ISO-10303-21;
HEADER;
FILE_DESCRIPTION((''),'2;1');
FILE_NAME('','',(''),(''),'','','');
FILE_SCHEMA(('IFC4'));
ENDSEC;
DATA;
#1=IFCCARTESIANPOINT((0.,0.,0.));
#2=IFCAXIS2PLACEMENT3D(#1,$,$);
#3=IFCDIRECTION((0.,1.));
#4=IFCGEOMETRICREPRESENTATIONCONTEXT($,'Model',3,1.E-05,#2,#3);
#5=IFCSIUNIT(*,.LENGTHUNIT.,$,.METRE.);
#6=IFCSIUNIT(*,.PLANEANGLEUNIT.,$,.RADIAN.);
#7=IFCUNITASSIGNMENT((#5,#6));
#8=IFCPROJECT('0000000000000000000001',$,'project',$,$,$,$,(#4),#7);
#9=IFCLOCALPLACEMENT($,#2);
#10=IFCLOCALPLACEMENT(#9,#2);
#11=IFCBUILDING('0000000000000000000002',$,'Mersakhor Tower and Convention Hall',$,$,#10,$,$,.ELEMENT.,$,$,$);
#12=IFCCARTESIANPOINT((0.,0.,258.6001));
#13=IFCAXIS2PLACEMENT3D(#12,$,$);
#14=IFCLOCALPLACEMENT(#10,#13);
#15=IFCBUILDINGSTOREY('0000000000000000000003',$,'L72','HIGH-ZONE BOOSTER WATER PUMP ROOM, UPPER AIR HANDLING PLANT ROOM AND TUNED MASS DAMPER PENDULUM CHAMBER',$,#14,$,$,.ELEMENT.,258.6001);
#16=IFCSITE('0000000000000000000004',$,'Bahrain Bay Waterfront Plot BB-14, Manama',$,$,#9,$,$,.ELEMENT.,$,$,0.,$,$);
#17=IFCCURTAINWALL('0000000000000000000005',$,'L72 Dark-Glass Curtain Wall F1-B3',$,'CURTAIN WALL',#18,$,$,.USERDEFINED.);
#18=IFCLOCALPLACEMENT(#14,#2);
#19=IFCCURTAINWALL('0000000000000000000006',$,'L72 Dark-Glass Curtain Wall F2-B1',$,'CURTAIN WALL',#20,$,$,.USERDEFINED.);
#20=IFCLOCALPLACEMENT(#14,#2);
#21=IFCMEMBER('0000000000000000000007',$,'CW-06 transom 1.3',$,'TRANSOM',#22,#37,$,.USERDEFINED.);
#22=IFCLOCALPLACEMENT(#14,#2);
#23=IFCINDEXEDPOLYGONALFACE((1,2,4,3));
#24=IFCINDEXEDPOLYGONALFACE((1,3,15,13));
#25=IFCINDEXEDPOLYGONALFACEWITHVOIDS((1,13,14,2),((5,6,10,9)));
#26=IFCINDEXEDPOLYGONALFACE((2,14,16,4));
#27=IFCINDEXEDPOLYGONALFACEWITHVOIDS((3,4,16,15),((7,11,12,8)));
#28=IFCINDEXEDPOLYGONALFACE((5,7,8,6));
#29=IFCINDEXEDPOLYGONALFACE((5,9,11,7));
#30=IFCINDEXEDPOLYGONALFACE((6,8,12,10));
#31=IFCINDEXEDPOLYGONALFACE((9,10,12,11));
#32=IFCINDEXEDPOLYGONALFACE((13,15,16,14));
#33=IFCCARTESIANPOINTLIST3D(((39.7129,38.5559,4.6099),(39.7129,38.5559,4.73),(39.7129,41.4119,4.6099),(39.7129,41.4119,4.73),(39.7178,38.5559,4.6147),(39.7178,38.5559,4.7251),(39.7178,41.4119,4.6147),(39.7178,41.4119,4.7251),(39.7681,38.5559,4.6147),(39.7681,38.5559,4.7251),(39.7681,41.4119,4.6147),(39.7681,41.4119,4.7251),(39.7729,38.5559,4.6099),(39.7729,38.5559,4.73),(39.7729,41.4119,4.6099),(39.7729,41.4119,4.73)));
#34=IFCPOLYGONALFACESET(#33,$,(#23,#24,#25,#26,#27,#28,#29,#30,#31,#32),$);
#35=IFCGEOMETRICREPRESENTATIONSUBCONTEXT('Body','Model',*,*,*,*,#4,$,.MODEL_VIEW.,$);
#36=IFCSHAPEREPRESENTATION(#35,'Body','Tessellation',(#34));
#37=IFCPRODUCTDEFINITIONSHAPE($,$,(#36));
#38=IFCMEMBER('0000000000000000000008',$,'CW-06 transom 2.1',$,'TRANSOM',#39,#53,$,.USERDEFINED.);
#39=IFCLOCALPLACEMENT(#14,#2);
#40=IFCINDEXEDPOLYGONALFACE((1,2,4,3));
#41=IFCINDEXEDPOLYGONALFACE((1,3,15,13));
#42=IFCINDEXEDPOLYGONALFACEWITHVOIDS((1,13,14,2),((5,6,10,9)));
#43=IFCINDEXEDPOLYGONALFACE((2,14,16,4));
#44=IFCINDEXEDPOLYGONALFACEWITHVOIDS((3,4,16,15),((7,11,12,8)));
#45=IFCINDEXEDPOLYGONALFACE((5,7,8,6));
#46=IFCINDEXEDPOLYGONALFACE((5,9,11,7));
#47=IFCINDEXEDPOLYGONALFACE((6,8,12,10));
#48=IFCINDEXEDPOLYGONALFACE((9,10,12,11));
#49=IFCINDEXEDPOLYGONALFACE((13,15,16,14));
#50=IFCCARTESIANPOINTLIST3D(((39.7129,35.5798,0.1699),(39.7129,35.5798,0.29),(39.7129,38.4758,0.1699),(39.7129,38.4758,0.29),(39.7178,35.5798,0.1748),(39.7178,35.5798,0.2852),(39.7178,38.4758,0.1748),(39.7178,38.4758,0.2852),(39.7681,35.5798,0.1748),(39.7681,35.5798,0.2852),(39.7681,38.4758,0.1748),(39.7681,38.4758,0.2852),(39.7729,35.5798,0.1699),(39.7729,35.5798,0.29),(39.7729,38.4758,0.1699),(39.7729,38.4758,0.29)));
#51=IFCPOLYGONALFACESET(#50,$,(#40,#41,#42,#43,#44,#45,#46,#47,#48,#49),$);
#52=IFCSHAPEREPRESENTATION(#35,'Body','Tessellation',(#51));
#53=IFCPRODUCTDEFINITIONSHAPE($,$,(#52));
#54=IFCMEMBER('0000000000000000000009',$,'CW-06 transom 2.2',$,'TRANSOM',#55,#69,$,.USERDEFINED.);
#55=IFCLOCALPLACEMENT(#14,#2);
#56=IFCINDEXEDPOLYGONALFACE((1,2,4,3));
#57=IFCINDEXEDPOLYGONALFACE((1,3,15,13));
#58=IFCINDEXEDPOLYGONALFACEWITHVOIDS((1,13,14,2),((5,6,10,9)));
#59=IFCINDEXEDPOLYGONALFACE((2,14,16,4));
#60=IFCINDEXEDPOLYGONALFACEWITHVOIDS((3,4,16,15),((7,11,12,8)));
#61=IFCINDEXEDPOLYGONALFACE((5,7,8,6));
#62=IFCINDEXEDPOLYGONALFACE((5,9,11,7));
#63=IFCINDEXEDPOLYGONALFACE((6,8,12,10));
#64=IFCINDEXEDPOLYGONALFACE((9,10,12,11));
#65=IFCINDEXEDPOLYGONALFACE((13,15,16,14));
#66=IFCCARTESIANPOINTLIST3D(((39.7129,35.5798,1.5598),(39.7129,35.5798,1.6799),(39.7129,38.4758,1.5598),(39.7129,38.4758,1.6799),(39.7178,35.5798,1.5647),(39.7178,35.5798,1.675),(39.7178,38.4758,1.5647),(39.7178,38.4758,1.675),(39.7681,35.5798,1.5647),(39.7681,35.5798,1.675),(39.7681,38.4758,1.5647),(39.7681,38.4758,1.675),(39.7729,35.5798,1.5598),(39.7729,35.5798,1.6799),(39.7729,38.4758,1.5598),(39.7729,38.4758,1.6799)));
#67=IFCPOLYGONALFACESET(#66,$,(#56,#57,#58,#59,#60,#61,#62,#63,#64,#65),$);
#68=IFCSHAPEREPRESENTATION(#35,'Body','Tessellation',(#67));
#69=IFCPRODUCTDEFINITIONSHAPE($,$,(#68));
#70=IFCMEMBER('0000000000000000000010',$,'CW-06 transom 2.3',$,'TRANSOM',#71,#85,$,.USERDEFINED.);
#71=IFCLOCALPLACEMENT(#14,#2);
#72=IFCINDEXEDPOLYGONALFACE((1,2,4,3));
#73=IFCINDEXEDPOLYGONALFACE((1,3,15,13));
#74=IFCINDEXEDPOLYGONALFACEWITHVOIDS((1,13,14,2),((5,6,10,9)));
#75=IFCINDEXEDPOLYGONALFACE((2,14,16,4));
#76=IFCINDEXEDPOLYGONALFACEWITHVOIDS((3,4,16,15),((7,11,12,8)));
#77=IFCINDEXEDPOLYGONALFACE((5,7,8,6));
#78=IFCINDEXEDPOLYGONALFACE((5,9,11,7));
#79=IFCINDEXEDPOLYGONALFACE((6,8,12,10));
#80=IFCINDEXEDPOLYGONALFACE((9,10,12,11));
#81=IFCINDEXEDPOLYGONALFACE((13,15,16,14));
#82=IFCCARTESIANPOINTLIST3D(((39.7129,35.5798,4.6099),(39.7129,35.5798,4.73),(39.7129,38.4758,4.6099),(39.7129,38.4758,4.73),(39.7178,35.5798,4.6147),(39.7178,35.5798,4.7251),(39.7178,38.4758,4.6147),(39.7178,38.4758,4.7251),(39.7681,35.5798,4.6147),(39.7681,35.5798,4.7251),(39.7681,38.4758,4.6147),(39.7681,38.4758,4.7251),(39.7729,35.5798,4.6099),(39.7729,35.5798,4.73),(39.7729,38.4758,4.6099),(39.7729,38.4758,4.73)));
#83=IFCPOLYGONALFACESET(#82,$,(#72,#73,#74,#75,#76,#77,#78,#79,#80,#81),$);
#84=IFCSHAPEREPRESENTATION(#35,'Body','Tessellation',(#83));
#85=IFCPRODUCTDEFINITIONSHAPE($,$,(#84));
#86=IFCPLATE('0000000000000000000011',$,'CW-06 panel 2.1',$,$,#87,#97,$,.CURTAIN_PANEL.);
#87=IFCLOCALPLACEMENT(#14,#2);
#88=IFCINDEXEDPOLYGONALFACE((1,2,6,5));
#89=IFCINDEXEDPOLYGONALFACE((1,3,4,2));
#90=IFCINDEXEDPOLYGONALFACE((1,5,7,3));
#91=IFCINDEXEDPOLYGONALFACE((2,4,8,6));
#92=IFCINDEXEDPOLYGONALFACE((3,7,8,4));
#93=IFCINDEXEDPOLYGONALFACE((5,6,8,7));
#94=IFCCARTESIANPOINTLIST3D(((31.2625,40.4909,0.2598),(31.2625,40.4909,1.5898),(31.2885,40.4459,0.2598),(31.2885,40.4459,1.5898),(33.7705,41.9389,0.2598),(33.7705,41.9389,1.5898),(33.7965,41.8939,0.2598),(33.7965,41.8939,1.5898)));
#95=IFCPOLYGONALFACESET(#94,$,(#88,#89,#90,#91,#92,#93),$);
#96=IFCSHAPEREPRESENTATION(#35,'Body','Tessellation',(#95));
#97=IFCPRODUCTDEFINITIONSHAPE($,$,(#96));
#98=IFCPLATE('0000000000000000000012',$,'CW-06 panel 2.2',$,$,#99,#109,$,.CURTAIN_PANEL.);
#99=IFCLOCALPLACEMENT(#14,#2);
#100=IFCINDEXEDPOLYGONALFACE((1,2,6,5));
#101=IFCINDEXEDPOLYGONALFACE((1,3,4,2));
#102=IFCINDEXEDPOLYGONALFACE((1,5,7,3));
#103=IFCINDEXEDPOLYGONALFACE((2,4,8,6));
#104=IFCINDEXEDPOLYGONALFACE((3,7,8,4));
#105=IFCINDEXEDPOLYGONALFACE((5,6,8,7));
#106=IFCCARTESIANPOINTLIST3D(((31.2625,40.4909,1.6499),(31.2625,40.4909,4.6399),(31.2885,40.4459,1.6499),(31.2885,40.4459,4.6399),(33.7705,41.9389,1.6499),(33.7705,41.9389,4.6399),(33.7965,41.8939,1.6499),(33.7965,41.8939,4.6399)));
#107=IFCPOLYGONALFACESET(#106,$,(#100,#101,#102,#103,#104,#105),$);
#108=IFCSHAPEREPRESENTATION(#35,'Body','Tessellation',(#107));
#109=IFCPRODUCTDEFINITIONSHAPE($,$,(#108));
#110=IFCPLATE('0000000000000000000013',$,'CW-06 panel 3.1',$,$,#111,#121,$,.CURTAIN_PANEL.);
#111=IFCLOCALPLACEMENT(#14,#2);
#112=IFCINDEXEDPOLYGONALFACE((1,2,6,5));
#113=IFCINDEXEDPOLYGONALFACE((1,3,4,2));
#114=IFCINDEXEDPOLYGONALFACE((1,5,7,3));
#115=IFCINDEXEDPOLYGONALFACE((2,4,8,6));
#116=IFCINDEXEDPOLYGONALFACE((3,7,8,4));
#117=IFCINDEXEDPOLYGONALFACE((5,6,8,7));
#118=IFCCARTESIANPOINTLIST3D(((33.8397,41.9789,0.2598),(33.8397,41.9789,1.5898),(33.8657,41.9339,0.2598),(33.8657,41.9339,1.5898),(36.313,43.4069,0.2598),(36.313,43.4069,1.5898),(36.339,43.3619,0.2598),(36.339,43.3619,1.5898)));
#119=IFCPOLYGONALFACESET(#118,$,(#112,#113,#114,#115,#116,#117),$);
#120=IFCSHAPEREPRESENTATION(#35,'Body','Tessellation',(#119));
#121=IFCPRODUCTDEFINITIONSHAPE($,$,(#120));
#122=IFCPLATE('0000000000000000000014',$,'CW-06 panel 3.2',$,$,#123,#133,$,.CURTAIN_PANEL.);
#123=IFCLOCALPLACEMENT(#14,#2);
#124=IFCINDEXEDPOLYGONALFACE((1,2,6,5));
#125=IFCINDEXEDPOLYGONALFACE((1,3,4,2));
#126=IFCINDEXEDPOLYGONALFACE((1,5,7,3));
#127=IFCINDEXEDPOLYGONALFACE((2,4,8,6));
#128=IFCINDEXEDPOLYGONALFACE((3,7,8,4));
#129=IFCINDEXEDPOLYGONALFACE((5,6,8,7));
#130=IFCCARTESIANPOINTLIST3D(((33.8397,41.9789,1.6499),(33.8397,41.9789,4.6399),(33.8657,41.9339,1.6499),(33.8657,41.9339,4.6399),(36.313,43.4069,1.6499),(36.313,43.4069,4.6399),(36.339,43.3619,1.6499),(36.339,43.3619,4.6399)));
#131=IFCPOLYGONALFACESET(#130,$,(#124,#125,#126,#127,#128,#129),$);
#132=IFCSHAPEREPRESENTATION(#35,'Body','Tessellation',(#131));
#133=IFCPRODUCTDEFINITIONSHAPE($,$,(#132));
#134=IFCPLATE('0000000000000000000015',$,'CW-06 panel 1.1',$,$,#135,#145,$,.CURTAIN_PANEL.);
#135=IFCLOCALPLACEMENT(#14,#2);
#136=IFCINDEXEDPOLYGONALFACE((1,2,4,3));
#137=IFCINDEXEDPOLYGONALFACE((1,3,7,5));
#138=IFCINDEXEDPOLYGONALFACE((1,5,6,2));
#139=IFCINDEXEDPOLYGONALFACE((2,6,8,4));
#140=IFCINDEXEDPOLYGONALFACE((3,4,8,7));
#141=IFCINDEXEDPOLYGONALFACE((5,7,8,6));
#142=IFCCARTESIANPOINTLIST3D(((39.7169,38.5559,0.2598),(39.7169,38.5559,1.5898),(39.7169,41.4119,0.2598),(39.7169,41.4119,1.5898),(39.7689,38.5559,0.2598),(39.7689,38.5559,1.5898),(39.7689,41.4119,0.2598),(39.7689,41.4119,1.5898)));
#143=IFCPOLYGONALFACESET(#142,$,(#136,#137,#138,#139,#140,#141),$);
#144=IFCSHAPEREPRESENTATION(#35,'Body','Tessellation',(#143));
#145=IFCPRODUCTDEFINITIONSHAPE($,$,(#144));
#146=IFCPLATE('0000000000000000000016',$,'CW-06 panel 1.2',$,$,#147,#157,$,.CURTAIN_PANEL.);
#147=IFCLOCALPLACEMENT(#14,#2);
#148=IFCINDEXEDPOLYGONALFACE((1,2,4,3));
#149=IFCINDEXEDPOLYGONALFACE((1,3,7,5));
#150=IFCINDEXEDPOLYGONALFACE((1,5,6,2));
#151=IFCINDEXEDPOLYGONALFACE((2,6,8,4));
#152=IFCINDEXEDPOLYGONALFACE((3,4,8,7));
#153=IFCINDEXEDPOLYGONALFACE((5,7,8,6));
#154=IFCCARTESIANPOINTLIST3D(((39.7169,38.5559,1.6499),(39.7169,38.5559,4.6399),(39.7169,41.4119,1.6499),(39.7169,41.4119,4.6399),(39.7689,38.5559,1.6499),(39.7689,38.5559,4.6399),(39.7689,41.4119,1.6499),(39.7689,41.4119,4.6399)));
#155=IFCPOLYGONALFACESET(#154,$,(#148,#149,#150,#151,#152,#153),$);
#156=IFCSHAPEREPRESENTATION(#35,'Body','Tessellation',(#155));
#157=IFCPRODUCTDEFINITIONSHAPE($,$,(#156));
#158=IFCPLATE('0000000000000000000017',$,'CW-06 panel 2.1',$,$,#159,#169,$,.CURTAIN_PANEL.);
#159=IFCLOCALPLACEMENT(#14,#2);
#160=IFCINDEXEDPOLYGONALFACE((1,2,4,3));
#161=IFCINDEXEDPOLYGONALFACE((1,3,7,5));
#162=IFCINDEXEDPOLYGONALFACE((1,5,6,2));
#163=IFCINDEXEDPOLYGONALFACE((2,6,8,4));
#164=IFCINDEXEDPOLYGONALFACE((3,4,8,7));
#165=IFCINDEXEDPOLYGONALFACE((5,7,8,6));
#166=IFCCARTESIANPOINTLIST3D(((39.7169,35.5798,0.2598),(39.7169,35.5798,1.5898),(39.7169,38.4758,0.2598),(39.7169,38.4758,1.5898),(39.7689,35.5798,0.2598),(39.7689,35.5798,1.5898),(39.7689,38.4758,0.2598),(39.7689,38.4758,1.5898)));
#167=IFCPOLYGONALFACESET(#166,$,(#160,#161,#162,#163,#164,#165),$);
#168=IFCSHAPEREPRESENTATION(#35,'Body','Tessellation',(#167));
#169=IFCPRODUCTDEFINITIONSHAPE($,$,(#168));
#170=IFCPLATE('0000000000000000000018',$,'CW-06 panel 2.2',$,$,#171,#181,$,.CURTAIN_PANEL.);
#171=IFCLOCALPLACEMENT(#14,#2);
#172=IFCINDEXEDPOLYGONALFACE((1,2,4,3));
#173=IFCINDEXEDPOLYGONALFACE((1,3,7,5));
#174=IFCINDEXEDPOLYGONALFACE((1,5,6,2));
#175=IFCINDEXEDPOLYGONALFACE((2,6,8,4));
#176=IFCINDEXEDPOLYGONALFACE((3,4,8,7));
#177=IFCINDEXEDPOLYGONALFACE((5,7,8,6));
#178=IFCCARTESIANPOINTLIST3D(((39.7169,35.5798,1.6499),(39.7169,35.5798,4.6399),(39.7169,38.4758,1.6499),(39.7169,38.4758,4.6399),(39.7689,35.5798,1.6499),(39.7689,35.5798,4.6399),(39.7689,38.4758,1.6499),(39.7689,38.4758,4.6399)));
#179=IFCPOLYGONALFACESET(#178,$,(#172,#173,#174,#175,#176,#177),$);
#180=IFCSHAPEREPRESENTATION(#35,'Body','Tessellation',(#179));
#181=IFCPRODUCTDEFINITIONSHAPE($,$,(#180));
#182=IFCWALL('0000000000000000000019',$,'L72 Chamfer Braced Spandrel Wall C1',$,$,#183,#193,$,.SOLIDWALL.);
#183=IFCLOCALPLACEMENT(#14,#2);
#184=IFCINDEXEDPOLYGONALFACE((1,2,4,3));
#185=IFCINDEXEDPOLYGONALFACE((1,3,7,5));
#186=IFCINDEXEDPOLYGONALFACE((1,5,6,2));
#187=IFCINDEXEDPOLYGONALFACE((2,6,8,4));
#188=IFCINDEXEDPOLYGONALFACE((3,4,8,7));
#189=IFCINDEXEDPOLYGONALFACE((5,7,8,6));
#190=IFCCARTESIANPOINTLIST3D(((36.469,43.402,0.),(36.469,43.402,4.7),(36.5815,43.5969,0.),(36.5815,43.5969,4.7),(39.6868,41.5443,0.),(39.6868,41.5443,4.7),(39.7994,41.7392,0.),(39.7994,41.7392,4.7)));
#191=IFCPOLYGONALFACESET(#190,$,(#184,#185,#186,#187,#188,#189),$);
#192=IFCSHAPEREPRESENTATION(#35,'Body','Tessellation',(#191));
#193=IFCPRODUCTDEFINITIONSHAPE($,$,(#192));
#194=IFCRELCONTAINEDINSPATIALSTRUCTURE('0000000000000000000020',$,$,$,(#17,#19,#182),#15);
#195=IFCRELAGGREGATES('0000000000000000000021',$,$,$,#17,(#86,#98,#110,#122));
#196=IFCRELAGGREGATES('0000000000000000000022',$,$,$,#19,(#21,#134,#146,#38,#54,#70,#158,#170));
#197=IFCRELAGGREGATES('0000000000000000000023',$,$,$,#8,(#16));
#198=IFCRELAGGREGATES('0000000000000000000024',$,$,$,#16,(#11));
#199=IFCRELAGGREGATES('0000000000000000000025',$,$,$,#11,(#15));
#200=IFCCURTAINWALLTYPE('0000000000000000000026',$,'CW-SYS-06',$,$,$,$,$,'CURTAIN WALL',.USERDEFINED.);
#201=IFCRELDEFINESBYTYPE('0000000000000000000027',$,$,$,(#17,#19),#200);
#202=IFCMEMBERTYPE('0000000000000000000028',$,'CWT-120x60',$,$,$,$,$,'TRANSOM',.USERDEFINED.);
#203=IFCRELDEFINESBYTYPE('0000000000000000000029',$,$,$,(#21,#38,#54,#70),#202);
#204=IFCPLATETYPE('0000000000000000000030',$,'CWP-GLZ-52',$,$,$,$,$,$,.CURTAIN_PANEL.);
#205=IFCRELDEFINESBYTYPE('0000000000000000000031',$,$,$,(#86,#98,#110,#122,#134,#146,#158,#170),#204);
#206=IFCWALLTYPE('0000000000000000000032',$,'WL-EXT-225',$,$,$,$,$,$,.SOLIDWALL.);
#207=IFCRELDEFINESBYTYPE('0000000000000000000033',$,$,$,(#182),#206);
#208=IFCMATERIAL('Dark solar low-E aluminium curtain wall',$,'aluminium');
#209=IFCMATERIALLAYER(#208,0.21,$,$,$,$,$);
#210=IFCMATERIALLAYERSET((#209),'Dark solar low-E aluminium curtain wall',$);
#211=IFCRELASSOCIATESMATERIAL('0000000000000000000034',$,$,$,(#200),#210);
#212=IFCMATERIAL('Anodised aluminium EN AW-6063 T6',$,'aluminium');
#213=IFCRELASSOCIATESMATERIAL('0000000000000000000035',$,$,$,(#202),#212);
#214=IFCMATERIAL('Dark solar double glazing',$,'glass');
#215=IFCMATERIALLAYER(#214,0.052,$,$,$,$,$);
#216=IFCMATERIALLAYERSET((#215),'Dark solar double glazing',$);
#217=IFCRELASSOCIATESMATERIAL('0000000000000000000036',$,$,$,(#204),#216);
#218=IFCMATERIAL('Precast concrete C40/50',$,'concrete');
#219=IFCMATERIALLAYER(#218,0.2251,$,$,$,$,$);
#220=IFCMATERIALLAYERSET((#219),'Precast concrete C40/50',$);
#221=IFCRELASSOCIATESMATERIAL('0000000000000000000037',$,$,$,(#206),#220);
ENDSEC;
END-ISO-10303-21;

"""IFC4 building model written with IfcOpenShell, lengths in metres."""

from ifc_helpers import new_model, si_unit, direction, frame, frame_2d, origin, origin_2d, place, context, subcontext, project, spatial, rectangle, hollow_rectangle, extrude, material, layer, layer_set, material_profile, profile_set, type_object, element, aggregate, save


model = new_model("IFC4")

# Units and contexts
model_context = context("Model", 3, precision=1e-05, world=origin(), true_north=direction((0.0, 1.0)))
body_context = subcontext(model_context, "Body", "Model", "MODEL_VIEW")
ifc_project = project(units=[si_unit("LENGTHUNIT", "METRE"), si_unit("PLANEANGLEUNIT", "RADIAN")], contexts=[model_context])

# Site, building, storey
site_placement = place(None, origin())
site = spatial("IfcSite", under=ifc_project, at=site_placement, Name="Bahrain Bay Waterfront Plot BB-14, Manama", CompositionType="ELEMENT", RefElevation=0.0)
building_placement = place(site_placement, origin())
building = spatial("IfcBuilding", under=site, at=building_placement, Name="Mersakhor Tower and Convention Hall", CompositionType="ELEMENT")
storey_placement = place(building_placement, frame((0.0, 0.0, 258.6001)))
storey = spatial("IfcBuildingStorey", under=building, at=storey_placement, Name="L72", Description="HIGH-ZONE BOOSTER WATER PUMP ROOM, UPPER AIR HANDLING PLANT ROOM AND TUNED MASS DAMPER PENDULUM CHAMBER", CompositionType="ELEMENT", Elevation=258.6001)

# Curtain walls
ifc_material_1 = material(Name="Dark solar low-E aluminium curtain wall", Category="aluminium")
ifc_layer_1 = layer(ifc_material_1, 0.21)
ifc_layer_set_1 = layer_set([ifc_layer_1], Name="Dark solar low-E aluminium curtain wall")
curtain_wall_type = type_object("IfcCurtainWallType", Name="CW-SYS-06", ElementType="CURTAIN WALL", PredefinedType="USERDEFINED", material=ifc_layer_set_1)
curtain_wall_1_placement = place(storey_placement, origin())
curtain_wall_1 = element("IfcCurtainWall", 1, at=curtain_wall_1_placement, inside=storey, type_object=curtain_wall_type, Name="L72 Dark-Glass Curtain Wall F1-B3", ObjectType="CURTAIN WALL", PredefinedType="USERDEFINED")
curtain_wall_2_placement = place(storey_placement, origin())
curtain_wall_2 = element("IfcCurtainWall", 2, at=curtain_wall_2_placement, inside=storey, type_object=curtain_wall_type, Name="L72 Dark-Glass Curtain Wall F2-B1", ObjectType="CURTAIN WALL", PredefinedType="USERDEFINED")

# Members
ifc_material_2 = material(Name="Anodised aluminium EN AW-6063 T6", Category="aluminium")
ifc_material_profile_1 = material_profile(ifc_material_2, hollow_rectangle(XDim=0.0601, YDim=0.1201, WallThickness=0.0049, at=origin_2d()), Name="RHS 120x60x5")
ifc_profile_set_1 = profile_set([ifc_material_profile_1], Name="Anodised aluminium EN AW-6063 T6")
member_type_1 = type_object("IfcMemberType", Name="CWT-120x60", ElementType="TRANSOM", PredefinedType="USERDEFINED", material=ifc_profile_set_1)
member_1_placement = place(storey_placement, frame((39.7429, 41.4119, 4.6699), z_axis=(0.0, -1.0, 0.0), x_axis=(1.0, 0.0, 0.0)))
member_1 = element("IfcMember", 3, at=member_1_placement, type_object=member_type_1, Name="CW-06 transom 1.3", ObjectType="TRANSOM", PredefinedType="USERDEFINED", context=body_context, shape_type="SweptSolid", body=[
    extrude(hollow_rectangle(XDim=0.0601, YDim=0.1201, WallThickness=0.0049, at=origin_2d()), origin(), (0.0, 0.0, 1.0), 2.856),
])
member_2_placement = place(storey_placement, frame((39.7429, 38.4758, 0.23), z_axis=(0.0, -1.0, 0.0), x_axis=(1.0, 0.0, 0.0)))
member_2 = element("IfcMember", 4, at=member_2_placement, type_object=member_type_1, Name="CW-06 transom 2.1", ObjectType="TRANSOM", PredefinedType="USERDEFINED", context=body_context, shape_type="SweptSolid", body=[
    extrude(hollow_rectangle(XDim=0.0601, YDim=0.1201, WallThickness=0.0049, at=origin_2d()), origin(), (0.0, 0.0, 1.0), 2.896),
])
member_3_placement = place(storey_placement, frame((39.7429, 38.4758, 1.6199), z_axis=(0.0, -1.0, 0.0), x_axis=(1.0, 0.0, 0.0)))
member_3 = element("IfcMember", 5, at=member_3_placement, type_object=member_type_1, Name="CW-06 transom 2.2", ObjectType="TRANSOM", PredefinedType="USERDEFINED", context=body_context, shape_type="SweptSolid", body=[
    extrude(hollow_rectangle(XDim=0.0601, YDim=0.1201, WallThickness=0.0049, at=origin_2d()), origin(), (0.0, 0.0, 1.0), 2.896),
])
member_4_placement = place(storey_placement, frame((39.7429, 38.4758, 4.6699), z_axis=(0.0, -1.0, 0.0), x_axis=(1.0, 0.0, 0.0)))
member_4 = element("IfcMember", 6, at=member_4_placement, type_object=member_type_1, Name="CW-06 transom 2.3", ObjectType="TRANSOM", PredefinedType="USERDEFINED", context=body_context, shape_type="SweptSolid", body=[
    extrude(hollow_rectangle(XDim=0.0601, YDim=0.1201, WallThickness=0.0049, at=origin_2d()), origin(), (0.0, 0.0, 1.0), 2.896),
])

# Plates
ifc_material_3 = material(Name="Dark solar double glazing", Category="glass")
ifc_layer_2 = layer(ifc_material_3, 0.052)
ifc_layer_set_2 = layer_set([ifc_layer_2], Name="Dark solar double glazing")
plate_type = type_object("IfcPlateType", Name="CWP-GLZ-52", PredefinedType="CURTAIN_PANEL", material=ifc_layer_set_2)
plate_1_placement = place(storey_placement, frame((32.5295, 41.1924, 0.2598), z_axis=(0.0, 0.0, 1.0), x_axis=(0.866025, 0.5, 0.0)))
plate_1 = element("IfcPlate", 7, at=plate_1_placement, type_object=plate_type, Name="CW-06 panel 2.1", PredefinedType="CURTAIN_PANEL", context=body_context, shape_type="SweptSolid", body=[
    extrude(rectangle(XDim=2.896, YDim=0.052, at=origin_2d()), origin(), (0.0, 0.0, 1.0), 1.3301),
])
plate_2_placement = place(storey_placement, frame((32.5295, 41.1924, 1.6499), z_axis=(0.0, 0.0, 1.0), x_axis=(0.866025, 0.5, 0.0)))
plate_2 = element("IfcPlate", 8, at=plate_2_placement, type_object=plate_type, Name="CW-06 panel 2.2", PredefinedType="CURTAIN_PANEL", context=body_context, shape_type="SweptSolid", body=[
    extrude(rectangle(XDim=2.896, YDim=0.052, at=origin_2d()), origin(), (0.0, 0.0, 1.0), 2.99),
])
plate_3_placement = place(storey_placement, frame((35.0894, 42.6704, 0.2598), z_axis=(0.0, 0.0, 1.0), x_axis=(0.866025, 0.5, 0.0)))
plate_3 = element("IfcPlate", 9, at=plate_3_placement, type_object=plate_type, Name="CW-06 panel 3.1", PredefinedType="CURTAIN_PANEL", context=body_context, shape_type="SweptSolid", body=[
    extrude(rectangle(XDim=2.856, YDim=0.052, at=origin_2d()), origin(), (0.0, 0.0, 1.0), 1.3301),
])
plate_4_placement = place(storey_placement, frame((35.0894, 42.6704, 1.6499), z_axis=(0.0, 0.0, 1.0), x_axis=(0.866025, 0.5, 0.0)))
plate_4 = element("IfcPlate", 10, at=plate_4_placement, type_object=plate_type, Name="CW-06 panel 3.2", PredefinedType="CURTAIN_PANEL", context=body_context, shape_type="SweptSolid", body=[
    extrude(rectangle(XDim=2.856, YDim=0.052, at=origin_2d()), origin(), (0.0, 0.0, 1.0), 2.99),
])
aggregate(curtain_wall_1, [plate_1, plate_2, plate_3, plate_4])
plate_5_placement = place(storey_placement, frame((39.7429, 39.9839, 0.2598), z_axis=(0.0, 0.0, 1.0), x_axis=(0.0, -1.0, 0.0)))
plate_5 = element("IfcPlate", 11, at=plate_5_placement, type_object=plate_type, Name="CW-06 panel 1.1", PredefinedType="CURTAIN_PANEL", context=body_context, shape_type="SweptSolid", body=[
    extrude(rectangle(XDim=2.856, YDim=0.052, at=origin_2d()), origin(), (0.0, 0.0, 1.0), 1.3301),
])
plate_6_placement = place(storey_placement, frame((39.7429, 39.9839, 1.6499), z_axis=(0.0, 0.0, 1.0), x_axis=(0.0, -1.0, 0.0)))
plate_6 = element("IfcPlate", 12, at=plate_6_placement, type_object=plate_type, Name="CW-06 panel 1.2", PredefinedType="CURTAIN_PANEL", context=body_context, shape_type="SweptSolid", body=[
    extrude(rectangle(XDim=2.856, YDim=0.052, at=origin_2d()), origin(), (0.0, 0.0, 1.0), 2.99),
])
plate_7_placement = place(storey_placement, frame((39.7429, 37.0278, 0.2598), z_axis=(0.0, 0.0, 1.0), x_axis=(0.0, -1.0, 0.0)))
plate_7 = element("IfcPlate", 13, at=plate_7_placement, type_object=plate_type, Name="CW-06 panel 2.1", PredefinedType="CURTAIN_PANEL", context=body_context, shape_type="SweptSolid", body=[
    extrude(rectangle(XDim=2.896, YDim=0.052, at=origin_2d()), origin(), (0.0, 0.0, 1.0), 1.3301),
])
plate_8_placement = place(storey_placement, frame((39.7429, 37.0278, 1.6499), z_axis=(0.0, 0.0, 1.0), x_axis=(0.0, -1.0, 0.0)))
plate_8 = element("IfcPlate", 14, at=plate_8_placement, type_object=plate_type, Name="CW-06 panel 2.2", PredefinedType="CURTAIN_PANEL", context=body_context, shape_type="SweptSolid", body=[
    extrude(rectangle(XDim=2.896, YDim=0.052, at=origin_2d()), origin(), (0.0, 0.0, 1.0), 2.99),
])
aggregate(curtain_wall_2, [member_1, plate_5, plate_6, member_2, member_3, member_4, plate_7, plate_8])

# Wall
ifc_material_4 = material(Name="Precast concrete C40/50", Category="concrete")
ifc_layer_3 = layer(ifc_material_4, 0.2251)
ifc_layer_set_3 = layer_set([ifc_layer_3], Name="Precast concrete C40/50")
wall_type_1 = type_object("IfcWallType", Name="WL-EXT-225", PredefinedType="SOLIDWALL", material=ifc_layer_set_3)
wall_1_placement = place(storey_placement, frame((36.5251, 43.4995, 0.0), z_axis=(0.0, 0.0, 1.0), x_axis=(0.866039, -0.499977, 0.0)))
element("IfcWall", 15, at=wall_1_placement, inside=storey, type_object=wall_type_1, Name="L72 Chamfer Braced Spandrel Wall C1", PredefinedType="SOLIDWALL", context=body_context, shape_type="SweptSolid", body=[
    extrude(rectangle(XDim=3.7156, YDim=0.2251, at=frame_2d((1.8579, 0.0))), origin(), (0.0, 0.0, 1.0), 4.7),
])

save(model, "model.ifc")
